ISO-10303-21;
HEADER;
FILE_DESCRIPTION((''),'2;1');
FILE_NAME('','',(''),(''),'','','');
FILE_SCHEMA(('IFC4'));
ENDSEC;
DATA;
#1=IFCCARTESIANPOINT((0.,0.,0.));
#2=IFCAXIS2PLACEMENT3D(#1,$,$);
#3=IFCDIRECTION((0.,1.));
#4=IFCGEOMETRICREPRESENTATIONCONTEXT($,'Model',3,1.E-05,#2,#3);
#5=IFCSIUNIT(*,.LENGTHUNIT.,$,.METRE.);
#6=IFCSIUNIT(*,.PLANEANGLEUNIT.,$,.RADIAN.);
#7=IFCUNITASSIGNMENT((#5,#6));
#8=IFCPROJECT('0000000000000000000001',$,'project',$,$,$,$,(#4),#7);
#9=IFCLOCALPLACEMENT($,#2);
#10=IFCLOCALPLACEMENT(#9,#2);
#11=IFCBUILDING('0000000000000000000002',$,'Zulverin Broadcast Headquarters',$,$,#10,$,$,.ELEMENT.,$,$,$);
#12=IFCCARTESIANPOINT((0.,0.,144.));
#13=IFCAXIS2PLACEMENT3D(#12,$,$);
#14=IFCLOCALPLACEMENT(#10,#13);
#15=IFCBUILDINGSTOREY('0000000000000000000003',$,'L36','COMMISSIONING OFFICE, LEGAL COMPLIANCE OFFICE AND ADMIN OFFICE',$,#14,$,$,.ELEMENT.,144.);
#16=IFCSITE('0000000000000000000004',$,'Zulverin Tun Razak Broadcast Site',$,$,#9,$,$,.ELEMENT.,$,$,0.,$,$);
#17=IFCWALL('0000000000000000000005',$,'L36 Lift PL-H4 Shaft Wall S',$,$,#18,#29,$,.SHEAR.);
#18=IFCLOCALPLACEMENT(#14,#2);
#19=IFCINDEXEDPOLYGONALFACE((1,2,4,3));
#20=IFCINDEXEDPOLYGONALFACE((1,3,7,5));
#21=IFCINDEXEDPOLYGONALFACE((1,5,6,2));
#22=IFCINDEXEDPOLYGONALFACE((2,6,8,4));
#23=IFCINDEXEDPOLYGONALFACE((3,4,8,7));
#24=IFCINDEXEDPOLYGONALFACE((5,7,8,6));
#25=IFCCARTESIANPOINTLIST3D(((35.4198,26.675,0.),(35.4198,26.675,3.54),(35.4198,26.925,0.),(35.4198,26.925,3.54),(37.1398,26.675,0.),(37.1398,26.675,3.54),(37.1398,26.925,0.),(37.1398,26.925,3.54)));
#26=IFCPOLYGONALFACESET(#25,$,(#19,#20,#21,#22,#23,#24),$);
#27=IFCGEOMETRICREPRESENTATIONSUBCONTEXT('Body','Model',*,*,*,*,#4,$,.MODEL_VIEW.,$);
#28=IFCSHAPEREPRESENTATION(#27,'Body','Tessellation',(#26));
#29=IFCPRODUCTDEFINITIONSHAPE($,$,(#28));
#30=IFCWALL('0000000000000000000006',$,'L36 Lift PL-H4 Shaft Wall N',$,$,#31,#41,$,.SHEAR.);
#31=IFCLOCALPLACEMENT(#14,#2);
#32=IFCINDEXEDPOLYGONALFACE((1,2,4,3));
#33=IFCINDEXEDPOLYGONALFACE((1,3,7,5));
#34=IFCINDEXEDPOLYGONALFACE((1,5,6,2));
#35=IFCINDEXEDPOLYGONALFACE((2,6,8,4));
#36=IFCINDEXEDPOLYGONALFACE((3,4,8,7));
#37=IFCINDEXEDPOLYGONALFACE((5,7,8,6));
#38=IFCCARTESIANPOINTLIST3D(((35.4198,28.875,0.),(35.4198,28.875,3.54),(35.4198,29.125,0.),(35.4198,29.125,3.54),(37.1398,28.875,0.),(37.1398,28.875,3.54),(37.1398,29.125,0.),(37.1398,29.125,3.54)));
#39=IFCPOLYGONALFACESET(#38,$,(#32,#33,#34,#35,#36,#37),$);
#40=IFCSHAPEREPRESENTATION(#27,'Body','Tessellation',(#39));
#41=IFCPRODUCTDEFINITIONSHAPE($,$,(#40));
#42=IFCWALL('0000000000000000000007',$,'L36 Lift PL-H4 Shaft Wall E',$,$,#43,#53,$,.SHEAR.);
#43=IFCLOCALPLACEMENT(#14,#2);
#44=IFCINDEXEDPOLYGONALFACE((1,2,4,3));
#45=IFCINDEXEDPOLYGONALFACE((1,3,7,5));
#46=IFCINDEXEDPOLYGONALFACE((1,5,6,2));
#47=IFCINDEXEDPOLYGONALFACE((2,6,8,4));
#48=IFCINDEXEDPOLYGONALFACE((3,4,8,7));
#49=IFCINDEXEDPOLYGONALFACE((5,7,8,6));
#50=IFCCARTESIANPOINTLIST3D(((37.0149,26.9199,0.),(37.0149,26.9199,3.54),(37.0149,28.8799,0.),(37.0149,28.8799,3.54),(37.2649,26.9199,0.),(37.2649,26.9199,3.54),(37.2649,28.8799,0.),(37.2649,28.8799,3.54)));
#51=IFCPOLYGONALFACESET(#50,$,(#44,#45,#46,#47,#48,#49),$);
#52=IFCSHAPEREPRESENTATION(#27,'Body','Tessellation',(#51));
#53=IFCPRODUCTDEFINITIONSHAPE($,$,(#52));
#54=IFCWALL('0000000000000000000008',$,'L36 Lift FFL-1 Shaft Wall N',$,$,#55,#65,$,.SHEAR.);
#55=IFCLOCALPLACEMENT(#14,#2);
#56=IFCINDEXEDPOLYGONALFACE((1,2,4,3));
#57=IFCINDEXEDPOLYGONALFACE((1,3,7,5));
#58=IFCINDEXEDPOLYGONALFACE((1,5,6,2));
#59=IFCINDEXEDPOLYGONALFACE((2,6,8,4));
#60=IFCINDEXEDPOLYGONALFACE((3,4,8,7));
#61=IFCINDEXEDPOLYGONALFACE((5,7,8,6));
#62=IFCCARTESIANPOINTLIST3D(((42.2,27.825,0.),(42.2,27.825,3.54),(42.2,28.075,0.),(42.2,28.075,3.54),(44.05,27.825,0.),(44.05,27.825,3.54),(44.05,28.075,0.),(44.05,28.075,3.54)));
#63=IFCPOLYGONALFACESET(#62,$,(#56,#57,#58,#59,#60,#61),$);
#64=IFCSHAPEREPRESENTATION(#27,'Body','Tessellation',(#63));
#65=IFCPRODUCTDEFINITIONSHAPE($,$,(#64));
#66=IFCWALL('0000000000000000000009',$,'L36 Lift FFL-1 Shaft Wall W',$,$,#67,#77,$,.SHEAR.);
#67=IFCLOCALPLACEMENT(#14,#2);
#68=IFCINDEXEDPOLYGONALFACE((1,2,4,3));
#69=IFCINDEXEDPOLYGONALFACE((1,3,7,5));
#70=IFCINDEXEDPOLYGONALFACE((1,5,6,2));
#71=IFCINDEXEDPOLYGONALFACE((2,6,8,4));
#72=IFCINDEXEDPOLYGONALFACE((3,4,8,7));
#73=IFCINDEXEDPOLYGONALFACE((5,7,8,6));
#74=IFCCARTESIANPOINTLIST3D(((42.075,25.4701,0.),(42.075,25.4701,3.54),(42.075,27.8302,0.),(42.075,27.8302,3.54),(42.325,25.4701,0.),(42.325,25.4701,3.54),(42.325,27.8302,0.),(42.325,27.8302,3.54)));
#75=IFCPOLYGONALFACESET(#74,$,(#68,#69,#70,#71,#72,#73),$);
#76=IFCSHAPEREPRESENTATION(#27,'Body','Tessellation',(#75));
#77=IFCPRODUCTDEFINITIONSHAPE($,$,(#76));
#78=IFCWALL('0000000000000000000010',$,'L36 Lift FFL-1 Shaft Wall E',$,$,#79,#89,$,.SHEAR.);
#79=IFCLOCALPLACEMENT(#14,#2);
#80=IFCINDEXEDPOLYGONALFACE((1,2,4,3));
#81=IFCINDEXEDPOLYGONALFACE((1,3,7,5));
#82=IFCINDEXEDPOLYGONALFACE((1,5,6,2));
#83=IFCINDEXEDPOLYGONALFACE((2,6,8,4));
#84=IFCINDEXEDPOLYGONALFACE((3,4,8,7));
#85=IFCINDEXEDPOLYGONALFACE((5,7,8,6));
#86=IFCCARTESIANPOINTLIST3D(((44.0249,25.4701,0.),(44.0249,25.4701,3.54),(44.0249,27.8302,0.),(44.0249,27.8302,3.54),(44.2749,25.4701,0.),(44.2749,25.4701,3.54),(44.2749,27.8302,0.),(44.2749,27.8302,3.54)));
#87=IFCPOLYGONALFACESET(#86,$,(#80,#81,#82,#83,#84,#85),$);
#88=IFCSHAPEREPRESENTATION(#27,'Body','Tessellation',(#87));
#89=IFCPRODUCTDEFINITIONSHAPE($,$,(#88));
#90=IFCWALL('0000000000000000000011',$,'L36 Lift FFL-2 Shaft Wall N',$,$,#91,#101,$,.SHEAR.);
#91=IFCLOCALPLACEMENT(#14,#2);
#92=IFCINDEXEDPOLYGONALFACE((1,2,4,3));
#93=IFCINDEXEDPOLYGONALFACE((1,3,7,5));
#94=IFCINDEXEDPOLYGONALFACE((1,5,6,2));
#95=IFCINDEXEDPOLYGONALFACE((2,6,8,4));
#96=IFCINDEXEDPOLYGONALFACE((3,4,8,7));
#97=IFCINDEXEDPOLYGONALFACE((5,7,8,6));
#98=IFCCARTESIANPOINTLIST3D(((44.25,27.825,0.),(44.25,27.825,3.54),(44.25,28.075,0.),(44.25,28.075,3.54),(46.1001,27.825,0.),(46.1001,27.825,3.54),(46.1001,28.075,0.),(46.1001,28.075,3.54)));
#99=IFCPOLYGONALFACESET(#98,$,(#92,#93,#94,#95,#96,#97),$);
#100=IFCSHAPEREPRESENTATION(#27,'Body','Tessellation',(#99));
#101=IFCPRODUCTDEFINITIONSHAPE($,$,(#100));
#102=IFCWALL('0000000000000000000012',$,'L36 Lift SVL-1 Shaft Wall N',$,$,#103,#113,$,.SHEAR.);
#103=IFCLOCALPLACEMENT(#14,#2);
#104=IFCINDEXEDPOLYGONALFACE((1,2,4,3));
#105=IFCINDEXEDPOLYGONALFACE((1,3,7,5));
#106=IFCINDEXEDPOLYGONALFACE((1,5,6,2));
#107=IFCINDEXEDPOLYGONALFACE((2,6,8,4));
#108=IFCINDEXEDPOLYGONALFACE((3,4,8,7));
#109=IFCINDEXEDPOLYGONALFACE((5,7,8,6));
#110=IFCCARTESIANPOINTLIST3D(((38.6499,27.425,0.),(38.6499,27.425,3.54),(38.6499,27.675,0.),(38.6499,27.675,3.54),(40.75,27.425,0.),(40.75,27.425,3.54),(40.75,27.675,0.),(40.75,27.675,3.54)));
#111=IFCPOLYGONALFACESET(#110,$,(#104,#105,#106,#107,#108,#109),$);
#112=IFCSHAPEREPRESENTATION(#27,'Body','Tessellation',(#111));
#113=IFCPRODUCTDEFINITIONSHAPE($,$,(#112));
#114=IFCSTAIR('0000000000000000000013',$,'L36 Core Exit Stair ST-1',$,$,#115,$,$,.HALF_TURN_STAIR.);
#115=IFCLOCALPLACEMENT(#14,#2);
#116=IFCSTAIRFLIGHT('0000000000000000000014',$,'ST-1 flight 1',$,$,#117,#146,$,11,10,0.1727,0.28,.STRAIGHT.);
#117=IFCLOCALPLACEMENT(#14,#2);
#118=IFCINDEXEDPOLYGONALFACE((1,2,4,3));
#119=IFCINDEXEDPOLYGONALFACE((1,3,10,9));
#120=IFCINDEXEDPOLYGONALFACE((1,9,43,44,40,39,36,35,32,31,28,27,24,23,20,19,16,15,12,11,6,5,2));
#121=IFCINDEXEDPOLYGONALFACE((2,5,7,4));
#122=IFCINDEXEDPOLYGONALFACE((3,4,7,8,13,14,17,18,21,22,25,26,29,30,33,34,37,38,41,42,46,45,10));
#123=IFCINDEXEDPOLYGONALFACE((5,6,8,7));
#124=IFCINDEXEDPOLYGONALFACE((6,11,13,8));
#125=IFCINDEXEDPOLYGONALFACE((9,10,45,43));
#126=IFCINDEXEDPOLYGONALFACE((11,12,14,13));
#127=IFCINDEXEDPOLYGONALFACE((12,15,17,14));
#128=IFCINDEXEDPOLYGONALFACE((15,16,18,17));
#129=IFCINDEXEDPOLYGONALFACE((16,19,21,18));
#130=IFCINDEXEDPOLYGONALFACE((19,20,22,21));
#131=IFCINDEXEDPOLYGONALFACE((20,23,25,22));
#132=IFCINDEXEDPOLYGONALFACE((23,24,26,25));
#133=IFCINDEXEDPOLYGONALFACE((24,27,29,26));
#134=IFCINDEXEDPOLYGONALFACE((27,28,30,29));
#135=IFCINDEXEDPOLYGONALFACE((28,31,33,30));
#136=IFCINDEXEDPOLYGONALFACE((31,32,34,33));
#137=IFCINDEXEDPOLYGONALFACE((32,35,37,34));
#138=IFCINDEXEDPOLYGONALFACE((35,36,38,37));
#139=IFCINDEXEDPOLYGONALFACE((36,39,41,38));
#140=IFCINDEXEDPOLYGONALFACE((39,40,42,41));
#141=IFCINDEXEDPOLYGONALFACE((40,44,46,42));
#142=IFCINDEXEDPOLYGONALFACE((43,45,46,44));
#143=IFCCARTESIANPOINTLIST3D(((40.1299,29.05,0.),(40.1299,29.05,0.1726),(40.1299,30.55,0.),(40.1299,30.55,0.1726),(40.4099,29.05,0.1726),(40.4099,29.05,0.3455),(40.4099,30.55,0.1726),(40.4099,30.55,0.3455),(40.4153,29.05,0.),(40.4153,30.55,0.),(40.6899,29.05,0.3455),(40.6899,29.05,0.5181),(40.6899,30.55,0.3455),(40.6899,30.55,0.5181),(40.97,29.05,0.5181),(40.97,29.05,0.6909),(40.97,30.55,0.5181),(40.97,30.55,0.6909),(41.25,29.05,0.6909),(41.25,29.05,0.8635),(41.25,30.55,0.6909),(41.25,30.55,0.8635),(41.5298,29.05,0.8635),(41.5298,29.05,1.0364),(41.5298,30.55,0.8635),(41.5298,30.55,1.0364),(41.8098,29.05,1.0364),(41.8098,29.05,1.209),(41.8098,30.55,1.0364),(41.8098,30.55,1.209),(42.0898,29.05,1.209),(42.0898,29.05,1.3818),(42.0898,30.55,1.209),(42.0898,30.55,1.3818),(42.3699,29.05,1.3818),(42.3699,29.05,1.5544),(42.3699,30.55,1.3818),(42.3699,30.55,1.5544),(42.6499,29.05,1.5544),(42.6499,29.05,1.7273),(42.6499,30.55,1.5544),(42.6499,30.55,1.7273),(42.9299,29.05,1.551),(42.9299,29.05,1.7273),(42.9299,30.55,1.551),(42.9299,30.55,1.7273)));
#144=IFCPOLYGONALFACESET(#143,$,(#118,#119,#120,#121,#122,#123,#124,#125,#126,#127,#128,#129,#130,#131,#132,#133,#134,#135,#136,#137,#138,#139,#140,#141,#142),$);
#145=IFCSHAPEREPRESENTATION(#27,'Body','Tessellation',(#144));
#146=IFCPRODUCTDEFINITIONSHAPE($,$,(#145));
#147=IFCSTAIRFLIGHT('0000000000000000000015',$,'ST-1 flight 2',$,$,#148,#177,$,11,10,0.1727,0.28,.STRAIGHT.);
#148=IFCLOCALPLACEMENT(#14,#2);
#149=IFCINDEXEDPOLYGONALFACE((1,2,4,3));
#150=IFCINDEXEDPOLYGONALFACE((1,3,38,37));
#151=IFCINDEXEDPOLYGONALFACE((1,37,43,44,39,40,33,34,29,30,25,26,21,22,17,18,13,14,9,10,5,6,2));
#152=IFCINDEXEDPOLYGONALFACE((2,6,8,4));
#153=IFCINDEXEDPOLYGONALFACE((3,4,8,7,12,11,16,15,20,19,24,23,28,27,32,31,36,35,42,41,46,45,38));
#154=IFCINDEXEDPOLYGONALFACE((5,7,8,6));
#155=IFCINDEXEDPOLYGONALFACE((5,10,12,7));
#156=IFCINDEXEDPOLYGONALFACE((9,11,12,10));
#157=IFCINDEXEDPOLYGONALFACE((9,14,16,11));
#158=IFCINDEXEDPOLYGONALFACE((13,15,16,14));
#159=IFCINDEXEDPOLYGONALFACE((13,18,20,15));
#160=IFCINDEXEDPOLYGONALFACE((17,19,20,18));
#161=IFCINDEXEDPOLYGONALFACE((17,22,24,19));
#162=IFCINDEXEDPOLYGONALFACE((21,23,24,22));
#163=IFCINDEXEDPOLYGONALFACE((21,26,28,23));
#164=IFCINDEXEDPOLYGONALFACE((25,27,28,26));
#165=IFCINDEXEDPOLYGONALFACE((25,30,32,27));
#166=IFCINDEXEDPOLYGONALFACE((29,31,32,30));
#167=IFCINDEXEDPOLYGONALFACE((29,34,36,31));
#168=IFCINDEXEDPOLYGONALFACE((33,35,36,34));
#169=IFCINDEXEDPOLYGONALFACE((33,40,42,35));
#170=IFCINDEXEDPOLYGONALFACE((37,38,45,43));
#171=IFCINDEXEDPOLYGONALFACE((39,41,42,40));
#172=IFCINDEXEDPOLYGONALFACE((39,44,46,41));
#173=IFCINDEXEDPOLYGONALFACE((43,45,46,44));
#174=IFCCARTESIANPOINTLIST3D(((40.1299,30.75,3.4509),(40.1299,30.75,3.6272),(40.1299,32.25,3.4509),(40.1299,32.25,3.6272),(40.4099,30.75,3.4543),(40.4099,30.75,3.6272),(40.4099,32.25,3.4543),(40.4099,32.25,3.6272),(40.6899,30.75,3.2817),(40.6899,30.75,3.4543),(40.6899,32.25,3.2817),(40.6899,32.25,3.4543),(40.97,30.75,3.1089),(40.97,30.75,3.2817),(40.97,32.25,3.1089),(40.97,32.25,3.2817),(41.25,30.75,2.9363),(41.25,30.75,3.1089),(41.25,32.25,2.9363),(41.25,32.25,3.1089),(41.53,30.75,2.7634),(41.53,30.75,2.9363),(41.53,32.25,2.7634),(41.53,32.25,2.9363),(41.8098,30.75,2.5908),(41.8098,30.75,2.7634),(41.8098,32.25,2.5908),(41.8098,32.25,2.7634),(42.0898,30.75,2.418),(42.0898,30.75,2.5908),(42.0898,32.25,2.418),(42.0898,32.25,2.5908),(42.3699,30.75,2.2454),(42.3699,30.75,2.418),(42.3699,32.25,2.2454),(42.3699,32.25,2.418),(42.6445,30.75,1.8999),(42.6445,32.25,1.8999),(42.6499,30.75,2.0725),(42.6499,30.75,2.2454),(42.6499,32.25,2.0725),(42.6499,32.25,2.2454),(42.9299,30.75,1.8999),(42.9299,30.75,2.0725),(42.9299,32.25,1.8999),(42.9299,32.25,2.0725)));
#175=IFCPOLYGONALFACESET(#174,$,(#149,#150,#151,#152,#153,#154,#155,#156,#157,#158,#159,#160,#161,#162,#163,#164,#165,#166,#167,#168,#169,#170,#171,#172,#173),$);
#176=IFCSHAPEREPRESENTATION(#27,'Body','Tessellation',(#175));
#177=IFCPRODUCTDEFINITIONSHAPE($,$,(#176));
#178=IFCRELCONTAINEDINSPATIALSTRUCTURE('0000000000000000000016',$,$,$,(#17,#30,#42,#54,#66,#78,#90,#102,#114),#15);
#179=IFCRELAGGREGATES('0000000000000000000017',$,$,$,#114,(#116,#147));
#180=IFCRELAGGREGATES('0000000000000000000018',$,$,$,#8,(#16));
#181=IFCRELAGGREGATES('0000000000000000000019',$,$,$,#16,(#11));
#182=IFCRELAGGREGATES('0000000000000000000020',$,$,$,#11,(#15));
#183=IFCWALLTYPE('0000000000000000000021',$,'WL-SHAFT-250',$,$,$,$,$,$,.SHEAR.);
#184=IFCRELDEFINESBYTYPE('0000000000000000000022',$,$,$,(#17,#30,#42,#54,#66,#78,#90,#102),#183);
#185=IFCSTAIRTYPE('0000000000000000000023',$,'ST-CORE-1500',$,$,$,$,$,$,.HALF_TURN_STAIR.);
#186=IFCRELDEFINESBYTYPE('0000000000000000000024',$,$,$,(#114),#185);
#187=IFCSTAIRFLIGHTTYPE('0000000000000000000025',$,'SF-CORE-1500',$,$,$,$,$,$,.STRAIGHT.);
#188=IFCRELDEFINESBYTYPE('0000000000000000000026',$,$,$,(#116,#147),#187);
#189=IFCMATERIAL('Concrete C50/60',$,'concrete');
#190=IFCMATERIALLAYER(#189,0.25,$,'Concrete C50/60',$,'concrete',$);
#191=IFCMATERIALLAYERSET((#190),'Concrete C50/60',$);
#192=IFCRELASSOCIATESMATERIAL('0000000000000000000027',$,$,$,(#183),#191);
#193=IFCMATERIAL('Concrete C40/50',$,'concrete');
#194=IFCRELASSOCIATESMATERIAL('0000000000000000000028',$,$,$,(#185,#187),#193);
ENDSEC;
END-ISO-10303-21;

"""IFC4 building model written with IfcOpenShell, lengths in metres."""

from ifc_helpers import new_model, si_unit, direction, frame, frame_2d, origin, place, context, subcontext, project, spatial, polyline, rectangle, outline, extrude, material, layer, layer_set, type_object, element, aggregate, save


model = new_model("IFC4")

# Units and contexts
model_context = context("Model", 3, precision=1e-05, world=origin(), true_north=direction((0.0, 1.0)))
body_context = subcontext(model_context, "Body", "Model", "MODEL_VIEW")
ifc_project = project(units=[si_unit("LENGTHUNIT", "METRE"), si_unit("PLANEANGLEUNIT", "RADIAN")], contexts=[model_context])

# Site, building, storey
site_placement = place(None, origin())
site = spatial("IfcSite", under=ifc_project, at=site_placement, Name="Zulverin Tun Razak Broadcast Site", CompositionType="ELEMENT", RefElevation=0.0)
building_placement = place(site_placement, origin())
building = spatial("IfcBuilding", under=site, at=building_placement, Name="Zulverin Broadcast Headquarters", CompositionType="ELEMENT")
storey_placement = place(building_placement, frame((0.0, 0.0, 144.0)))
storey = spatial("IfcBuildingStorey", under=building, at=storey_placement, Name="L36", Description="COMMISSIONING OFFICE, LEGAL COMPLIANCE OFFICE AND ADMIN OFFICE", CompositionType="ELEMENT", Elevation=144.0)

# Shared definitions
ifc_material_1 = material(Name="Concrete C50/60", Category="concrete")

# Shared definitions
ifc_material_2 = material(Name="Concrete C40/50", Category="concrete")

# Shared definitions
ifc_layer_1 = layer(ifc_material_1, 0.25, Name="Concrete C50/60", Category="concrete")
ifc_layer_set_1 = layer_set([ifc_layer_1], Name="Concrete C50/60")
wall_type_1 = type_object("IfcWallType", Name="WL-SHAFT-250", PredefinedType="SHEAR", material=ifc_layer_set_1)

# Walls
for number, where, z_axis, x_axis, name in (
    (1, (35.4199, 26.8, 0.0), (0.0, 0.0, 1.0), (1.0, 0.0, 0.0), "L36 Lift PL-H4 Shaft Wall S"),
    (2, (35.4199, 29.0, 0.0), (0.0, 0.0, 1.0), (1.0, 0.0, 0.0), "L36 Lift PL-H4 Shaft Wall N"),
):
    element("IfcWall", number, at=place(storey_placement, frame(where, z_axis=z_axis, x_axis=x_axis)), inside=storey, type_object=wall_type_1, Name=name, PredefinedType="SHEAR", context=body_context, shape_type="SweptSolid", body=[
        extrude(rectangle(XDim=1.72, YDim=0.25, at=frame_2d((0.8599, 0.0))), origin(), (0.0, 0.0, 1.0), 3.54),
    ])
wall_1_placement = place(storey_placement, frame((37.1399, 26.9199, 0.0), z_axis=(0.0, 0.0, 1.0), x_axis=(0.0, 1.0, 0.0)))
element("IfcWall", 3, at=wall_1_placement, inside=storey, type_object=wall_type_1, Name="L36 Lift PL-H4 Shaft Wall E", PredefinedType="SHEAR", context=body_context, shape_type="SweptSolid", body=[
    extrude(rectangle(XDim=1.96, YDim=0.25, at=frame_2d((0.98, 0.0))), origin(), (0.0, 0.0, 1.0), 3.54),
])
wall_2_placement = place(storey_placement, frame((42.2, 27.95, 0.0), z_axis=(0.0, 0.0, 1.0), x_axis=(1.0, 0.0, 0.0)))
element("IfcWall", 4, at=wall_2_placement, inside=storey, type_object=wall_type_1, Name="L36 Lift FFL-1 Shaft Wall N", PredefinedType="SHEAR", context=body_context, shape_type="SweptSolid", body=[
    extrude(rectangle(XDim=1.8501, YDim=0.25, at=frame_2d((0.925, 0.0))), origin(), (0.0, 0.0, 1.0), 3.54),
])
for number, where, z_axis, x_axis, name in (
    (5, (42.2, 25.47, 0.0), (0.0, 0.0, 1.0), (0.0, 1.0, 0.0), "L36 Lift FFL-1 Shaft Wall W"),
    (6, (44.1499, 25.47, 0.0), (0.0, 0.0, 1.0), (0.0, 1.0, 0.0), "L36 Lift FFL-1 Shaft Wall E"),
):
    element("IfcWall", number, at=place(storey_placement, frame(where, z_axis=z_axis, x_axis=x_axis)), inside=storey, type_object=wall_type_1, Name=name, PredefinedType="SHEAR", context=body_context, shape_type="SweptSolid", body=[
        extrude(rectangle(XDim=2.3601, YDim=0.25, at=frame_2d((1.1802, 0.0))), origin(), (0.0, 0.0, 1.0), 3.54),
    ])
wall_3_placement = place(storey_placement, frame((44.25, 27.95, 0.0), z_axis=(0.0, 0.0, 1.0), x_axis=(1.0, 0.0, 0.0)))
element("IfcWall", 7, at=wall_3_placement, inside=storey, type_object=wall_type_1, Name="L36 Lift FFL-2 Shaft Wall N", PredefinedType="SHEAR", context=body_context, shape_type="SweptSolid", body=[
    extrude(rectangle(XDim=1.8501, YDim=0.25, at=frame_2d((0.925, 0.0))), origin(), (0.0, 0.0, 1.0), 3.54),
])
wall_4_placement = place(storey_placement, frame((38.6499, 27.55, 0.0), z_axis=(0.0, 0.0, 1.0), x_axis=(1.0, 0.0, 0.0)))
element("IfcWall", 8, at=wall_4_placement, inside=storey, type_object=wall_type_1, Name="L36 Lift SVL-1 Shaft Wall N", PredefinedType="SHEAR", context=body_context, shape_type="SweptSolid", body=[
    extrude(rectangle(XDim=2.1001, YDim=0.25, at=frame_2d((1.05, 0.0))), origin(), (0.0, 0.0, 1.0), 3.54),
])

# Stair, stair flights
stair_type = type_object("IfcStairType", Name="ST-CORE-1500", PredefinedType="HALF_TURN_STAIR", material=ifc_material_2)
stair_placement = place(storey_placement, origin())
stair = element("IfcStair", 9, at=stair_placement, inside=storey, type_object=stair_type, Name="L36 Core Exit Stair ST-1", PredefinedType="HALF_TURN_STAIR")
stair_flight_type = type_object("IfcStairFlightType", Name="SF-CORE-1500", PredefinedType="STRAIGHT", material=ifc_material_2)
stair_flight_1_placement = place(storey_placement, frame((40.1299, 29.8, 0.0), z_axis=(0.0, 0.0, 1.0), x_axis=(1.0, 0.0, 0.0)))
stair_flight_1 = element("IfcStairFlight", 10, at=stair_flight_1_placement, type_object=stair_flight_type, Name="ST-1 flight 1", NumberOfRisers=11, NumberOfTreads=10, PredefinedType="STRAIGHT", RiserHeight=0.1727, TreadLength=0.28, context=body_context, shape_type="SweptSolid", body=[
    extrude(outline(polyline([(0.0, 0.0), (0.0, 0.1726), (0.28, 0.1726), (0.28, 0.3455), (0.5601, 0.3455), (0.5601, 0.5181), (0.8401, 0.5181), (0.8401, 0.6909), (1.1201, 0.6909), (1.1201, 0.8635), (1.3999, 0.8635), (1.3999, 1.0364), (1.6799, 1.0364), (1.6799, 1.209), (1.96, 1.209), (1.96, 1.3818), (2.24, 1.3818), (2.24, 1.5544), (2.52, 1.5544), (2.52, 1.7273), (2.8, 1.7273), (2.8, 1.8999), (2.8, 1.551), (0.2854, 0.0), (0.0, 0.0)])), frame((0.0, 0.75, 0.0), z_axis=(0.0, -1.0, 0.0), x_axis=(1.0, 0.0, 0.0)), (0.0, 0.0, 1.0), 1.5),
])
stair_flight_2_placement = place(storey_placement, frame((42.9299, 31.5, 1.8999), z_axis=(0.0, 0.0, 1.0), x_axis=(-1.0, 0.0, 0.0)))
stair_flight_2 = element("IfcStairFlight", 11, at=stair_flight_2_placement, type_object=stair_flight_type, Name="ST-1 flight 2", NumberOfRisers=11, NumberOfTreads=10, PredefinedType="STRAIGHT", RiserHeight=0.1727, TreadLength=0.28, context=body_context, shape_type="SweptSolid", body=[
    extrude(outline(polyline([(0.0, 0.0), (0.0, 0.1726), (0.28, 0.1726), (0.28, 0.3455), (0.5601, 0.3455), (0.5601, 0.5181), (0.8401, 0.5181), (0.8401, 0.6909), (1.1201, 0.6909), (1.1201, 0.8635), (1.3999, 0.8635), (1.3999, 1.0364), (1.6799, 1.0364), (1.6799, 1.209), (1.96, 1.209), (1.96, 1.3818), (2.24, 1.3818), (2.24, 1.5544), (2.52, 1.5544), (2.52, 1.7273), (2.8, 1.7273), (2.8, 1.8999), (2.8, 1.551), (0.2854, 0.0), (0.0, 0.0)])), frame((0.0, 0.75, 0.0), z_axis=(0.0, -1.0, 0.0), x_axis=(1.0, 0.0, 0.0)), (0.0, 0.0, 1.0), 1.5),
])
aggregate(stair, [stair_flight_1, stair_flight_2])

save(model, "model.ifc")
